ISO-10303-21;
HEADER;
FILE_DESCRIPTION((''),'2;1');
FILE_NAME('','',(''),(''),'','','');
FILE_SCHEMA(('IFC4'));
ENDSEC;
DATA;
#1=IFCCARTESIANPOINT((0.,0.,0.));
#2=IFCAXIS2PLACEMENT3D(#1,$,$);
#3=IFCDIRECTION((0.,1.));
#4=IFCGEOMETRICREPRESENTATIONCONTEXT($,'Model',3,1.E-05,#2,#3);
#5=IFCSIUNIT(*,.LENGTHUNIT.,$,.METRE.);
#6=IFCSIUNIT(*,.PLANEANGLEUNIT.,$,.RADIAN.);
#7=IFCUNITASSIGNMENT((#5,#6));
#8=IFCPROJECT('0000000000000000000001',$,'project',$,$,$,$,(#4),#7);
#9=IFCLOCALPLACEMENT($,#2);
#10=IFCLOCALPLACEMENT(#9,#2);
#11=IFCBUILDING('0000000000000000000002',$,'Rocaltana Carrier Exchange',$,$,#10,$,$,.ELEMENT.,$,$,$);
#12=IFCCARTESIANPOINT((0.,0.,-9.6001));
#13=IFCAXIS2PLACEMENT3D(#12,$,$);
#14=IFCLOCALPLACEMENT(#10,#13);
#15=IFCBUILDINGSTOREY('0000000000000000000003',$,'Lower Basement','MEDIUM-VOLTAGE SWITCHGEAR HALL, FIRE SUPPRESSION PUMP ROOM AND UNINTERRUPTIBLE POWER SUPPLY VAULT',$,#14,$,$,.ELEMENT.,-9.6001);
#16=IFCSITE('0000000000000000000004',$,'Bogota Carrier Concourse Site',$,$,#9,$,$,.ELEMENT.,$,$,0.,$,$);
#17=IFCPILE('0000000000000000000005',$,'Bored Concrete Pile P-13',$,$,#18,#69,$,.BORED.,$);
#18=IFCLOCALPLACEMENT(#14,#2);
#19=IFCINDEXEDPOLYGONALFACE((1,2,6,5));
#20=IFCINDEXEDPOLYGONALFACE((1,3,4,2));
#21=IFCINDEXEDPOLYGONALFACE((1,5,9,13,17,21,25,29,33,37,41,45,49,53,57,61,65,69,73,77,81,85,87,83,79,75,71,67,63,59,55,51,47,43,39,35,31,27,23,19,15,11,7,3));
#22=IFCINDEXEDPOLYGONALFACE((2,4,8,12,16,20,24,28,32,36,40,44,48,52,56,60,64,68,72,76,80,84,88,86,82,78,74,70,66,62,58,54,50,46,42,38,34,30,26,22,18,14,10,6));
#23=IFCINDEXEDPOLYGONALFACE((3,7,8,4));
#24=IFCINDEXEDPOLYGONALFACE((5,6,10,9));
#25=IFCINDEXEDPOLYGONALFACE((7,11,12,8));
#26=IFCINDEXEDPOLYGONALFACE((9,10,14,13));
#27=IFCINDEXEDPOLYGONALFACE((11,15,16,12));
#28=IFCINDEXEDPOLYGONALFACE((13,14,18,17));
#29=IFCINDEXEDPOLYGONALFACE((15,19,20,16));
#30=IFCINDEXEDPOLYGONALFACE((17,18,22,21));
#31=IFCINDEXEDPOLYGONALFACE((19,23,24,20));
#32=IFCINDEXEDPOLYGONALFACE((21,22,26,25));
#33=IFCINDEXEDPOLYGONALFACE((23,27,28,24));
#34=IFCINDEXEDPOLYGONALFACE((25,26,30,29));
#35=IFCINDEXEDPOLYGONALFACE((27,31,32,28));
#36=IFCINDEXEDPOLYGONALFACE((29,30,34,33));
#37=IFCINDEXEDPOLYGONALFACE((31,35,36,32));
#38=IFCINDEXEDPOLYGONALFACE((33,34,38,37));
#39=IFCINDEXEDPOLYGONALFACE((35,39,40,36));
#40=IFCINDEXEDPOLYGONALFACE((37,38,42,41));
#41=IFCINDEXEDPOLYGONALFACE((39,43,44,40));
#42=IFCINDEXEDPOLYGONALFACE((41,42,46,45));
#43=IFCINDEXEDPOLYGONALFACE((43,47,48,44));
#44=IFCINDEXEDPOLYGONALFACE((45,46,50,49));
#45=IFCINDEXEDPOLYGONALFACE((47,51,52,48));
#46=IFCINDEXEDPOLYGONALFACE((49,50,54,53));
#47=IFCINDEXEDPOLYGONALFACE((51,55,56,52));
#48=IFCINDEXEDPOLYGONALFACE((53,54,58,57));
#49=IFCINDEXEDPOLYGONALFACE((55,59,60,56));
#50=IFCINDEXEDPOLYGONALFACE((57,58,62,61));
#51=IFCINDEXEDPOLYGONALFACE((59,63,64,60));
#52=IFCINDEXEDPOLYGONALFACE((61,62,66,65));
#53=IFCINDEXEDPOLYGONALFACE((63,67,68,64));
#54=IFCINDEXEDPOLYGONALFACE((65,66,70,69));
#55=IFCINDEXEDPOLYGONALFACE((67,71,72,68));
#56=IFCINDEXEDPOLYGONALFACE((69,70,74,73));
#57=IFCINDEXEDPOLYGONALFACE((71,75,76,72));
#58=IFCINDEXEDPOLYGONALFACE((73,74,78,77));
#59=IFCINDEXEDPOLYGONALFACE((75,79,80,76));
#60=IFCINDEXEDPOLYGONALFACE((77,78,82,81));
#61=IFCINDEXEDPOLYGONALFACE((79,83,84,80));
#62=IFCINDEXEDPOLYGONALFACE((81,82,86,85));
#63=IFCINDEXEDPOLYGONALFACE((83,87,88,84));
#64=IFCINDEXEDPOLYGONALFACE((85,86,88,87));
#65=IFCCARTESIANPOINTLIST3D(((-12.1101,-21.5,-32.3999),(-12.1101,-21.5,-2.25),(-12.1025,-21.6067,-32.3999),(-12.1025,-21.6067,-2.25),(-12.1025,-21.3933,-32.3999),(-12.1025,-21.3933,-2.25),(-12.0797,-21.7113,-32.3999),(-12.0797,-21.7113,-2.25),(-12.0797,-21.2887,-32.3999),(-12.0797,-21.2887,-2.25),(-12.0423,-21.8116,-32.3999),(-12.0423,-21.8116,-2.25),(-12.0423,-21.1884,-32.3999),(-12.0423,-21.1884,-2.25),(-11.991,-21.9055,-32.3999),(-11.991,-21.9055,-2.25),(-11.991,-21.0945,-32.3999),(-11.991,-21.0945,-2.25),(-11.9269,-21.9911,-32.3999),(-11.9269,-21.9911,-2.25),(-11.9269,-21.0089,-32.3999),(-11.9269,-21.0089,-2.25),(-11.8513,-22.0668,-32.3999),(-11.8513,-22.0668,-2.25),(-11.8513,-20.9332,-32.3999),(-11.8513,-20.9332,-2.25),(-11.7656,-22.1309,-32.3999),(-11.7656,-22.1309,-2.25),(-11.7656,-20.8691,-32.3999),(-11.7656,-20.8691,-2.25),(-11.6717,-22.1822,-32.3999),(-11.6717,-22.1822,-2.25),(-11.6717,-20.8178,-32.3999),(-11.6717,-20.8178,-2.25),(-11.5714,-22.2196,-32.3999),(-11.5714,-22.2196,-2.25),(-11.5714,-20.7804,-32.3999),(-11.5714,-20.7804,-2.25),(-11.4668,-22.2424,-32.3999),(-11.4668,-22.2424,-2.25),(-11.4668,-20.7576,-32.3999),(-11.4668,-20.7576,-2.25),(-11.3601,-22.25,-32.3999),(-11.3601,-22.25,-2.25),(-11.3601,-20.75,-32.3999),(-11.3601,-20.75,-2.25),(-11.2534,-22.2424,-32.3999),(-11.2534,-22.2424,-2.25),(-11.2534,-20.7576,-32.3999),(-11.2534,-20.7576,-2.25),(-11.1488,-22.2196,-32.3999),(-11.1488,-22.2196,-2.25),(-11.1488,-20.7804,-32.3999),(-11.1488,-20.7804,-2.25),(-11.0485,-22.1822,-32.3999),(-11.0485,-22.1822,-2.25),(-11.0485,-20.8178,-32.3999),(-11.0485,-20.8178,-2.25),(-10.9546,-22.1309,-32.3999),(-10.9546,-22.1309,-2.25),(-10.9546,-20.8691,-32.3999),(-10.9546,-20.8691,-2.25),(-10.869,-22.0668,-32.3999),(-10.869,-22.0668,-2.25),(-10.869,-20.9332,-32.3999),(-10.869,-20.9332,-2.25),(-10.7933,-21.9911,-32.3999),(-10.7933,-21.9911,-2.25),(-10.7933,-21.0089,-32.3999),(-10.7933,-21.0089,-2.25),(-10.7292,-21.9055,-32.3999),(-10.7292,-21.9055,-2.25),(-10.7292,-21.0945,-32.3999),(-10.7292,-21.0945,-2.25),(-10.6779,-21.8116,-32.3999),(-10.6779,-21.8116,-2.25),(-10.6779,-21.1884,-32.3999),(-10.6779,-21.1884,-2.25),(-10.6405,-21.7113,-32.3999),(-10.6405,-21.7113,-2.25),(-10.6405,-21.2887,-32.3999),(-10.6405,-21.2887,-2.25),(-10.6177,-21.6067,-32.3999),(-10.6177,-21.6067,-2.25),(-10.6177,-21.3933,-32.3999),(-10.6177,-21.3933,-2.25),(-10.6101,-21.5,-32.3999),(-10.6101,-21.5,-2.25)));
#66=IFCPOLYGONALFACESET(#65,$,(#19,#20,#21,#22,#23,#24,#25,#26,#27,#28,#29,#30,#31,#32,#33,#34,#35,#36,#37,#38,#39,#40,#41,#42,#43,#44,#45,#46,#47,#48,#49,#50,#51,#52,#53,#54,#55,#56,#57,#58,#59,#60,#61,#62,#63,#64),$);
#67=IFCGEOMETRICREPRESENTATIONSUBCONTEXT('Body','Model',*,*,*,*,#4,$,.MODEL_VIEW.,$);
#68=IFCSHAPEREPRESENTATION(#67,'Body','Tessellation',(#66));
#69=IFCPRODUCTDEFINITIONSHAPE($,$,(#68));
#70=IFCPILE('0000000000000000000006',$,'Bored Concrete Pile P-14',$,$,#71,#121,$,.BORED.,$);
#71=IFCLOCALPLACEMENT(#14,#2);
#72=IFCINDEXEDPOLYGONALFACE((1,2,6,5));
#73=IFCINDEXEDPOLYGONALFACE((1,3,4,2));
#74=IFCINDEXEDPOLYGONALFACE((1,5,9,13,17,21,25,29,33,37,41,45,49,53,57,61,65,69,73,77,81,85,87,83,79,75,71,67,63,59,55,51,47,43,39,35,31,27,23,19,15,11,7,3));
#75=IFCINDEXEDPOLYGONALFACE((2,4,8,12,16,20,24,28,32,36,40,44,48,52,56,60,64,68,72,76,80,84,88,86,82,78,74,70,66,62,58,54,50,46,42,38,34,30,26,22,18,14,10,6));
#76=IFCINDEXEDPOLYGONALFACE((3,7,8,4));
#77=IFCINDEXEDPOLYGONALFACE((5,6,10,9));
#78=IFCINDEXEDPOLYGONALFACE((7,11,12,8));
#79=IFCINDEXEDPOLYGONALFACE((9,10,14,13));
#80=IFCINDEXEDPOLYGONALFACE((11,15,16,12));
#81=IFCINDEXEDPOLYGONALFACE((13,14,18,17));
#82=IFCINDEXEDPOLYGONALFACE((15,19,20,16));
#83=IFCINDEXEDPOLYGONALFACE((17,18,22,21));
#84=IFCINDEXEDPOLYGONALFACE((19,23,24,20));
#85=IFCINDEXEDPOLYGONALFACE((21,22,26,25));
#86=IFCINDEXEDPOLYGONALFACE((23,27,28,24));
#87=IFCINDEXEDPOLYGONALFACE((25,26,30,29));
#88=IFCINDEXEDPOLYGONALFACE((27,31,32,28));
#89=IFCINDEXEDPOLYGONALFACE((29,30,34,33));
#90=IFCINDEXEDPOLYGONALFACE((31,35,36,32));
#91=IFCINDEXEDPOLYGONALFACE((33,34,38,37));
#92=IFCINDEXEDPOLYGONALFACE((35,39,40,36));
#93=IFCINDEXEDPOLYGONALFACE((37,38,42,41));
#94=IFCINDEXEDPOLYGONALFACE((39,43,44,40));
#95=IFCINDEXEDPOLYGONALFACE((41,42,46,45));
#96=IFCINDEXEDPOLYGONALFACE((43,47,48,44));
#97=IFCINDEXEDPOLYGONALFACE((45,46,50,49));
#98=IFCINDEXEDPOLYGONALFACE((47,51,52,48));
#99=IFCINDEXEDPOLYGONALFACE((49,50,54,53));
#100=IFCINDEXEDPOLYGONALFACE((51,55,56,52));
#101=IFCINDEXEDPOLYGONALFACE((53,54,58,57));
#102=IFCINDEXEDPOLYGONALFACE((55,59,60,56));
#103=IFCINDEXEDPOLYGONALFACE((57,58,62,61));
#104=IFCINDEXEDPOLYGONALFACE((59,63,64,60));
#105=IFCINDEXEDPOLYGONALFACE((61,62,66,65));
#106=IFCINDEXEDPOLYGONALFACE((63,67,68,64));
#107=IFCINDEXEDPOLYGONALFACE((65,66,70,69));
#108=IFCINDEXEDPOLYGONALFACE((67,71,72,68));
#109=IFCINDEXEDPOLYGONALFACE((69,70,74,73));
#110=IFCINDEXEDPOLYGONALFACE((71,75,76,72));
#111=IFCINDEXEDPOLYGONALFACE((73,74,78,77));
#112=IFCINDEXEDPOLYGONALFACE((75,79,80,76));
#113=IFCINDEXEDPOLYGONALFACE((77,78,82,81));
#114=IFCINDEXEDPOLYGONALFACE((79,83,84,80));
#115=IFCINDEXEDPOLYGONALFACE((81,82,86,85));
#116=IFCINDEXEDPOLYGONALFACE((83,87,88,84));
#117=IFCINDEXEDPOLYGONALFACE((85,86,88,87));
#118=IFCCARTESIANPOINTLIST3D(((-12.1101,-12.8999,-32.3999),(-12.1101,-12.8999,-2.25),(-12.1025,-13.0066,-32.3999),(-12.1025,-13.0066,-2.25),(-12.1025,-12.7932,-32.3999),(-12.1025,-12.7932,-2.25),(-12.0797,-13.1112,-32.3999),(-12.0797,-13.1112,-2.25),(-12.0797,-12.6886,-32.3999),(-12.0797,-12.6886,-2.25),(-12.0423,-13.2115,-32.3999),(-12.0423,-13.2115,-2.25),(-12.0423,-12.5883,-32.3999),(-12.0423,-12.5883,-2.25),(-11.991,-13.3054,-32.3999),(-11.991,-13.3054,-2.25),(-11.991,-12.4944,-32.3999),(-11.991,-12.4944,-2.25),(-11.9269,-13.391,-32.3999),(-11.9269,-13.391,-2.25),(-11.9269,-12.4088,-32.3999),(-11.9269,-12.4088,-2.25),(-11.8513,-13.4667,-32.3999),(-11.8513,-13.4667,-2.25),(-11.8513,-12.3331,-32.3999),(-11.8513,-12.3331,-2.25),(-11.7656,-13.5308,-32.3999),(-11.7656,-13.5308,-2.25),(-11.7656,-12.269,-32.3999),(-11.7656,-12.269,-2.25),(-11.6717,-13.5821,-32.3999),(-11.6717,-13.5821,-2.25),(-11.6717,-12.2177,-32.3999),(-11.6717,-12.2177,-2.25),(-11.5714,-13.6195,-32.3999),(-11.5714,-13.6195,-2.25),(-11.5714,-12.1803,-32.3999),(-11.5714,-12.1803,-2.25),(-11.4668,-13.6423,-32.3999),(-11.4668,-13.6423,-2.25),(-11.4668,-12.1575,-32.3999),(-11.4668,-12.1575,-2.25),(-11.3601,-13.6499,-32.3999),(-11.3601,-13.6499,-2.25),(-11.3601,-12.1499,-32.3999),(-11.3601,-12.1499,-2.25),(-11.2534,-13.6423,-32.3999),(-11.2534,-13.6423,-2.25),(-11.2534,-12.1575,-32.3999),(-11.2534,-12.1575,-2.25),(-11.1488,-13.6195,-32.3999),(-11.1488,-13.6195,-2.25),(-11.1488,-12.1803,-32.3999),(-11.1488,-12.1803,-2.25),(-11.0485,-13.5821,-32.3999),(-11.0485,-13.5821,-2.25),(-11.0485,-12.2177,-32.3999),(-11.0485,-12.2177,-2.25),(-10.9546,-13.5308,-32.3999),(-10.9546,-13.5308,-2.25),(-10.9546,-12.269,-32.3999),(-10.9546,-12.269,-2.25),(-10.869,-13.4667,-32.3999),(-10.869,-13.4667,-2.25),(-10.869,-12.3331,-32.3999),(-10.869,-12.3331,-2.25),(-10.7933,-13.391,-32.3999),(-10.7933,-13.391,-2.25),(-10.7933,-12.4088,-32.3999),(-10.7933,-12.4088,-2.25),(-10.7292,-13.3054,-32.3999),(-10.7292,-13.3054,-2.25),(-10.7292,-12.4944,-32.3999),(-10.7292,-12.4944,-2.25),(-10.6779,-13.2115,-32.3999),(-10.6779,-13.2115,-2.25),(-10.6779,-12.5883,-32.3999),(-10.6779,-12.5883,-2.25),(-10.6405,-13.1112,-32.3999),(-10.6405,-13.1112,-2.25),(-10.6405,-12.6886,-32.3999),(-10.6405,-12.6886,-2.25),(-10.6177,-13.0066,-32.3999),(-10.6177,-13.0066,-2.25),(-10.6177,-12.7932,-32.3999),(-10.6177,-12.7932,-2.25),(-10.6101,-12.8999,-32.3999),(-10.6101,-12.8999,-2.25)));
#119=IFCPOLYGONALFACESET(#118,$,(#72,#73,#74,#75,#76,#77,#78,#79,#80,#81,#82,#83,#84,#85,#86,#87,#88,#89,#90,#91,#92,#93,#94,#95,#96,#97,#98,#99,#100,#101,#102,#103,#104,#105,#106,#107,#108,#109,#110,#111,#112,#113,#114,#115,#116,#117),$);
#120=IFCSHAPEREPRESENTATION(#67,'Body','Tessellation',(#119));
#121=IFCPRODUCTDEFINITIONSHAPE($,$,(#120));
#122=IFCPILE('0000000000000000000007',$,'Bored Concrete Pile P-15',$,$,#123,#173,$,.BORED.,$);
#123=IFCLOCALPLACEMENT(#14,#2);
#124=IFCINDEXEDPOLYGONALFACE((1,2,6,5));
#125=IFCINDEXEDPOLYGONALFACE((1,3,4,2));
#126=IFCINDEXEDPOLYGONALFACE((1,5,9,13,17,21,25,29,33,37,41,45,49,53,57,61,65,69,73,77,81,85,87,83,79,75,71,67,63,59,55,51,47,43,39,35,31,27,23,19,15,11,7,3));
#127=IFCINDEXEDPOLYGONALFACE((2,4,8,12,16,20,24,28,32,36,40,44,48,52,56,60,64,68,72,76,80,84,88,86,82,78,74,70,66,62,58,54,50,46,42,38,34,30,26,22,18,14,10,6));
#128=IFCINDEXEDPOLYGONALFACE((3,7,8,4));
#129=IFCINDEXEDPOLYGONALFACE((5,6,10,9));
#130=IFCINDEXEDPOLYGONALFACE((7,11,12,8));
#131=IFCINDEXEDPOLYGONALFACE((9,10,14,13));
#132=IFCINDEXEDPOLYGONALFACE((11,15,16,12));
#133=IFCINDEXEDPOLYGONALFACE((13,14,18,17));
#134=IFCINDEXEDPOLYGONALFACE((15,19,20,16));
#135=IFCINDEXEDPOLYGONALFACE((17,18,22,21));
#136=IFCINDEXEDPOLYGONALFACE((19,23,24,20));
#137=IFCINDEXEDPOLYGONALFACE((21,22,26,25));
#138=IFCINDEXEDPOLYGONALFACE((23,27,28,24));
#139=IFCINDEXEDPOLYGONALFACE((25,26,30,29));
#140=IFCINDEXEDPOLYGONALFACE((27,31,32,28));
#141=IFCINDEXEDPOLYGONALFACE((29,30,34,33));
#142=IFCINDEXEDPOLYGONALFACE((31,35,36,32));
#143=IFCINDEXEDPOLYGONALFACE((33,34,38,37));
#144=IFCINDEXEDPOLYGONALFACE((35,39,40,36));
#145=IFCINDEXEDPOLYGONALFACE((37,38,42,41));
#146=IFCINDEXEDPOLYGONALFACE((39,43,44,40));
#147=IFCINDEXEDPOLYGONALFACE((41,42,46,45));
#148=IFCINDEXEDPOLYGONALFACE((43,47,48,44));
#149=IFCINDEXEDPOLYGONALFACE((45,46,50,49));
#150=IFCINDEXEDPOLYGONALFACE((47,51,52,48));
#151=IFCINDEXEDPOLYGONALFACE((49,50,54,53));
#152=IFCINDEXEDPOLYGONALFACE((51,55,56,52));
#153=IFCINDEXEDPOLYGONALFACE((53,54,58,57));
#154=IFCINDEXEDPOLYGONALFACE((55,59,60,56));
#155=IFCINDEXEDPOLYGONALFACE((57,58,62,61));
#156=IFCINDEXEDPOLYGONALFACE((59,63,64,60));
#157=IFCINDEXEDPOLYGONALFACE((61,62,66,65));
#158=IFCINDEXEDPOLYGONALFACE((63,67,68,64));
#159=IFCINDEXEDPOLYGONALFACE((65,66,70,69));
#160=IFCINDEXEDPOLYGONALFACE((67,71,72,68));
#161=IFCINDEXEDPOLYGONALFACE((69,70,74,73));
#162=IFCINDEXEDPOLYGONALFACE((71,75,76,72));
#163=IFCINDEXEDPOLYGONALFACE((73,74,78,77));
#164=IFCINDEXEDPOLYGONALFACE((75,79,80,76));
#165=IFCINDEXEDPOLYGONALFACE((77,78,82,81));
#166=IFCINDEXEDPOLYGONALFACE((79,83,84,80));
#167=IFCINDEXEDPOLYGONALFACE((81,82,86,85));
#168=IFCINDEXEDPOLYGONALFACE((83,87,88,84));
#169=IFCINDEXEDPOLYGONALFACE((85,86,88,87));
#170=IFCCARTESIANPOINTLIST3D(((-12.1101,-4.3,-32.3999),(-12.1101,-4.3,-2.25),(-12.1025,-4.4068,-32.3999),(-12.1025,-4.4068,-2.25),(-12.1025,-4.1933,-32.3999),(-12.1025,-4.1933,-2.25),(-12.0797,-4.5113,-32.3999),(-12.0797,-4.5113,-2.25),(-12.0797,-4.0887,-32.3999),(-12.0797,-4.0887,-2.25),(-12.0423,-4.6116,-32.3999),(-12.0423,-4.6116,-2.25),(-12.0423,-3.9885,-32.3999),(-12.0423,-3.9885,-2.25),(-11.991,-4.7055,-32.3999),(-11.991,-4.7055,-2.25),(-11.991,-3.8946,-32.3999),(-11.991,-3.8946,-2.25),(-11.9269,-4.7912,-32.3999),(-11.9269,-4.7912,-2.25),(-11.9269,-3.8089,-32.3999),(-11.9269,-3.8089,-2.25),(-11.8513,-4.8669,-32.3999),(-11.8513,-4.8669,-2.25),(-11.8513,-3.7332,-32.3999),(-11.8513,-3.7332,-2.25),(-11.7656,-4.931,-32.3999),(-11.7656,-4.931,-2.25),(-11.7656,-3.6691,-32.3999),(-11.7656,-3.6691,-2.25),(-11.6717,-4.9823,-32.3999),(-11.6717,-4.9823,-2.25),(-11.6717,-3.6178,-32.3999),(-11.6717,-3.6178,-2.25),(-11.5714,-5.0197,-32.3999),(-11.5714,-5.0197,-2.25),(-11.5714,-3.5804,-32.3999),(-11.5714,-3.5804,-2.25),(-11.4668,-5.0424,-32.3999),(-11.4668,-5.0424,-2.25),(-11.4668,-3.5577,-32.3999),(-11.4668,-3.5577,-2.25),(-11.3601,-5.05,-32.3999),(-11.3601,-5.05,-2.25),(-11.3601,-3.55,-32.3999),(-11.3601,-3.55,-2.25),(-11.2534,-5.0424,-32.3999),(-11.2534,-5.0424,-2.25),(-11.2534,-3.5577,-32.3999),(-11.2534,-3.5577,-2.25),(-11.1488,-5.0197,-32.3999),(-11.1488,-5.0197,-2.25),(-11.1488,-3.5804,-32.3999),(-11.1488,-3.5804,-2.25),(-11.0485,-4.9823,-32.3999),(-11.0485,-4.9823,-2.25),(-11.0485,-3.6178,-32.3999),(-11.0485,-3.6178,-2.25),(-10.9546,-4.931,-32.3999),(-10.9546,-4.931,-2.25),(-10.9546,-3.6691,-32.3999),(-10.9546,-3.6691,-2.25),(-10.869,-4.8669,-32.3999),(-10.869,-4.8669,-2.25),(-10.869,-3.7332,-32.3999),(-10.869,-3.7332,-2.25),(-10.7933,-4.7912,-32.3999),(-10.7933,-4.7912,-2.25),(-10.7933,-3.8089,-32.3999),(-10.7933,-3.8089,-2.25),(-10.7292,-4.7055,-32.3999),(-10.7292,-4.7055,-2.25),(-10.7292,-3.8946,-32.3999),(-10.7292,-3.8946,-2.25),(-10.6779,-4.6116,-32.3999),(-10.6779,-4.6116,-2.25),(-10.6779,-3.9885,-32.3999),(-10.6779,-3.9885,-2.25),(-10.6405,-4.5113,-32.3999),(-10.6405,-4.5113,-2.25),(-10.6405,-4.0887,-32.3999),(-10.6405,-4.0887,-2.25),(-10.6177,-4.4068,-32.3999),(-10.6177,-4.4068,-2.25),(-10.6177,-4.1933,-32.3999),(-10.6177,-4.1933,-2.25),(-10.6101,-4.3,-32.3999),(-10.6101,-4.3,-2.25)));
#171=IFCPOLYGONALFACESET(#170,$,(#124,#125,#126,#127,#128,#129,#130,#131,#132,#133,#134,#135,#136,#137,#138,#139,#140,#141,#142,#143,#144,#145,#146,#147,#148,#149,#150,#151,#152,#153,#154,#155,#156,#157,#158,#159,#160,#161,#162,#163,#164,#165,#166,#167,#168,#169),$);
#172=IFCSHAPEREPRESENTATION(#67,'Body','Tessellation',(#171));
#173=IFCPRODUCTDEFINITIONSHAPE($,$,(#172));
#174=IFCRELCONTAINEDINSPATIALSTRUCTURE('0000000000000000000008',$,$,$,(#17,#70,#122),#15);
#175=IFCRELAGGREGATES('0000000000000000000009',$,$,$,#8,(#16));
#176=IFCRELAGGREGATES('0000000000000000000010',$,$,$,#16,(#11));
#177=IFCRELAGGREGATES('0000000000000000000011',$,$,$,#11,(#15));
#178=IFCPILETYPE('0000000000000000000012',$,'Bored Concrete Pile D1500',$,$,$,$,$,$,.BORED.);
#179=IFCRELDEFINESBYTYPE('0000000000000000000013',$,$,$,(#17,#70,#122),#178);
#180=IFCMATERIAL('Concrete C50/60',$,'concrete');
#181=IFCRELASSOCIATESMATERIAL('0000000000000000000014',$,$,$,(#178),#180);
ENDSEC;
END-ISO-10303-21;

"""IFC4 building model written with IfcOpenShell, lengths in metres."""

from ifc_helpers import new_model, si_unit, direction, frame, origin, origin_2d, place, context, subcontext, project, spatial, circle, extrude, material, material_profile, profile_set, type_object, element, save


model = new_model("IFC4")

# Units and contexts
model_context = context("Model", 3, precision=1e-05, world=origin(), true_north=direction((0.0, 1.0)))
body_context = subcontext(model_context, "Body", "Model", "MODEL_VIEW")
ifc_project = project(units=[si_unit("LENGTHUNIT", "METRE"), si_unit("PLANEANGLEUNIT", "RADIAN")], contexts=[model_context])

# Site, building, storey
site_placement = place(None, origin())
site = spatial("IfcSite", under=ifc_project, at=site_placement, Name="Bogota Carrier Concourse Site", CompositionType="ELEMENT", RefElevation=0.0)
building_placement = place(site_placement, origin())
building = spatial("IfcBuilding", under=site, at=building_placement, Name="Rocaltana Carrier Exchange", CompositionType="ELEMENT")
storey_placement = place(building_placement, frame((0.0, 0.0, -9.6001)))
storey = spatial("IfcBuildingStorey", under=building, at=storey_placement, Name="Lower Basement", Description="MEDIUM-VOLTAGE SWITCHGEAR HALL, FIRE SUPPRESSION PUMP ROOM AND UNINTERRUPTIBLE POWER SUPPLY VAULT", CompositionType="ELEMENT", Elevation=-9.6001)

# Piles
ifc_material_1 = material(Name="Concrete C50/60", Category="concrete")
ifc_material_profile_1 = material_profile(ifc_material_1, circle(Radius=0.75, at=origin_2d()), Name="PILE-D1500")
ifc_profile_set_1 = profile_set([ifc_material_profile_1], Name="Concrete C50/60")
pile_type = type_object("IfcPileType", Name="Bored Concrete Pile D1500", PredefinedType="BORED", material=ifc_profile_set_1)
for number, where, z_axis, x_axis, name in (
    (1, (-11.3601, -21.5, -2.25), (0.0, 0.0, -1.0), (1.0, 0.0, 0.0), "Bored Concrete Pile P-13"),
    (2, (-11.3601, -12.8999, -2.25), (0.0, 0.0, -1.0), (1.0, 0.0, 0.0), "Bored Concrete Pile P-14"),
    (3, (-11.3601, -4.3, -2.25), (0.0, 0.0, -1.0), (1.0, 0.0, 0.0), "Bored Concrete Pile P-15"),
):
    element("IfcPile", number, at=place(storey_placement, frame(where, z_axis=z_axis, x_axis=x_axis)), inside=storey, type_object=pile_type, Name=name, PredefinedType="BORED", context=body_context, shape_type="SweptSolid", body=[
        extrude(circle(Radius=0.75, at=origin_2d()), origin(), (0.0, 0.0, 1.0), 30.1499),
    ])

save(model, "model.ifc")
